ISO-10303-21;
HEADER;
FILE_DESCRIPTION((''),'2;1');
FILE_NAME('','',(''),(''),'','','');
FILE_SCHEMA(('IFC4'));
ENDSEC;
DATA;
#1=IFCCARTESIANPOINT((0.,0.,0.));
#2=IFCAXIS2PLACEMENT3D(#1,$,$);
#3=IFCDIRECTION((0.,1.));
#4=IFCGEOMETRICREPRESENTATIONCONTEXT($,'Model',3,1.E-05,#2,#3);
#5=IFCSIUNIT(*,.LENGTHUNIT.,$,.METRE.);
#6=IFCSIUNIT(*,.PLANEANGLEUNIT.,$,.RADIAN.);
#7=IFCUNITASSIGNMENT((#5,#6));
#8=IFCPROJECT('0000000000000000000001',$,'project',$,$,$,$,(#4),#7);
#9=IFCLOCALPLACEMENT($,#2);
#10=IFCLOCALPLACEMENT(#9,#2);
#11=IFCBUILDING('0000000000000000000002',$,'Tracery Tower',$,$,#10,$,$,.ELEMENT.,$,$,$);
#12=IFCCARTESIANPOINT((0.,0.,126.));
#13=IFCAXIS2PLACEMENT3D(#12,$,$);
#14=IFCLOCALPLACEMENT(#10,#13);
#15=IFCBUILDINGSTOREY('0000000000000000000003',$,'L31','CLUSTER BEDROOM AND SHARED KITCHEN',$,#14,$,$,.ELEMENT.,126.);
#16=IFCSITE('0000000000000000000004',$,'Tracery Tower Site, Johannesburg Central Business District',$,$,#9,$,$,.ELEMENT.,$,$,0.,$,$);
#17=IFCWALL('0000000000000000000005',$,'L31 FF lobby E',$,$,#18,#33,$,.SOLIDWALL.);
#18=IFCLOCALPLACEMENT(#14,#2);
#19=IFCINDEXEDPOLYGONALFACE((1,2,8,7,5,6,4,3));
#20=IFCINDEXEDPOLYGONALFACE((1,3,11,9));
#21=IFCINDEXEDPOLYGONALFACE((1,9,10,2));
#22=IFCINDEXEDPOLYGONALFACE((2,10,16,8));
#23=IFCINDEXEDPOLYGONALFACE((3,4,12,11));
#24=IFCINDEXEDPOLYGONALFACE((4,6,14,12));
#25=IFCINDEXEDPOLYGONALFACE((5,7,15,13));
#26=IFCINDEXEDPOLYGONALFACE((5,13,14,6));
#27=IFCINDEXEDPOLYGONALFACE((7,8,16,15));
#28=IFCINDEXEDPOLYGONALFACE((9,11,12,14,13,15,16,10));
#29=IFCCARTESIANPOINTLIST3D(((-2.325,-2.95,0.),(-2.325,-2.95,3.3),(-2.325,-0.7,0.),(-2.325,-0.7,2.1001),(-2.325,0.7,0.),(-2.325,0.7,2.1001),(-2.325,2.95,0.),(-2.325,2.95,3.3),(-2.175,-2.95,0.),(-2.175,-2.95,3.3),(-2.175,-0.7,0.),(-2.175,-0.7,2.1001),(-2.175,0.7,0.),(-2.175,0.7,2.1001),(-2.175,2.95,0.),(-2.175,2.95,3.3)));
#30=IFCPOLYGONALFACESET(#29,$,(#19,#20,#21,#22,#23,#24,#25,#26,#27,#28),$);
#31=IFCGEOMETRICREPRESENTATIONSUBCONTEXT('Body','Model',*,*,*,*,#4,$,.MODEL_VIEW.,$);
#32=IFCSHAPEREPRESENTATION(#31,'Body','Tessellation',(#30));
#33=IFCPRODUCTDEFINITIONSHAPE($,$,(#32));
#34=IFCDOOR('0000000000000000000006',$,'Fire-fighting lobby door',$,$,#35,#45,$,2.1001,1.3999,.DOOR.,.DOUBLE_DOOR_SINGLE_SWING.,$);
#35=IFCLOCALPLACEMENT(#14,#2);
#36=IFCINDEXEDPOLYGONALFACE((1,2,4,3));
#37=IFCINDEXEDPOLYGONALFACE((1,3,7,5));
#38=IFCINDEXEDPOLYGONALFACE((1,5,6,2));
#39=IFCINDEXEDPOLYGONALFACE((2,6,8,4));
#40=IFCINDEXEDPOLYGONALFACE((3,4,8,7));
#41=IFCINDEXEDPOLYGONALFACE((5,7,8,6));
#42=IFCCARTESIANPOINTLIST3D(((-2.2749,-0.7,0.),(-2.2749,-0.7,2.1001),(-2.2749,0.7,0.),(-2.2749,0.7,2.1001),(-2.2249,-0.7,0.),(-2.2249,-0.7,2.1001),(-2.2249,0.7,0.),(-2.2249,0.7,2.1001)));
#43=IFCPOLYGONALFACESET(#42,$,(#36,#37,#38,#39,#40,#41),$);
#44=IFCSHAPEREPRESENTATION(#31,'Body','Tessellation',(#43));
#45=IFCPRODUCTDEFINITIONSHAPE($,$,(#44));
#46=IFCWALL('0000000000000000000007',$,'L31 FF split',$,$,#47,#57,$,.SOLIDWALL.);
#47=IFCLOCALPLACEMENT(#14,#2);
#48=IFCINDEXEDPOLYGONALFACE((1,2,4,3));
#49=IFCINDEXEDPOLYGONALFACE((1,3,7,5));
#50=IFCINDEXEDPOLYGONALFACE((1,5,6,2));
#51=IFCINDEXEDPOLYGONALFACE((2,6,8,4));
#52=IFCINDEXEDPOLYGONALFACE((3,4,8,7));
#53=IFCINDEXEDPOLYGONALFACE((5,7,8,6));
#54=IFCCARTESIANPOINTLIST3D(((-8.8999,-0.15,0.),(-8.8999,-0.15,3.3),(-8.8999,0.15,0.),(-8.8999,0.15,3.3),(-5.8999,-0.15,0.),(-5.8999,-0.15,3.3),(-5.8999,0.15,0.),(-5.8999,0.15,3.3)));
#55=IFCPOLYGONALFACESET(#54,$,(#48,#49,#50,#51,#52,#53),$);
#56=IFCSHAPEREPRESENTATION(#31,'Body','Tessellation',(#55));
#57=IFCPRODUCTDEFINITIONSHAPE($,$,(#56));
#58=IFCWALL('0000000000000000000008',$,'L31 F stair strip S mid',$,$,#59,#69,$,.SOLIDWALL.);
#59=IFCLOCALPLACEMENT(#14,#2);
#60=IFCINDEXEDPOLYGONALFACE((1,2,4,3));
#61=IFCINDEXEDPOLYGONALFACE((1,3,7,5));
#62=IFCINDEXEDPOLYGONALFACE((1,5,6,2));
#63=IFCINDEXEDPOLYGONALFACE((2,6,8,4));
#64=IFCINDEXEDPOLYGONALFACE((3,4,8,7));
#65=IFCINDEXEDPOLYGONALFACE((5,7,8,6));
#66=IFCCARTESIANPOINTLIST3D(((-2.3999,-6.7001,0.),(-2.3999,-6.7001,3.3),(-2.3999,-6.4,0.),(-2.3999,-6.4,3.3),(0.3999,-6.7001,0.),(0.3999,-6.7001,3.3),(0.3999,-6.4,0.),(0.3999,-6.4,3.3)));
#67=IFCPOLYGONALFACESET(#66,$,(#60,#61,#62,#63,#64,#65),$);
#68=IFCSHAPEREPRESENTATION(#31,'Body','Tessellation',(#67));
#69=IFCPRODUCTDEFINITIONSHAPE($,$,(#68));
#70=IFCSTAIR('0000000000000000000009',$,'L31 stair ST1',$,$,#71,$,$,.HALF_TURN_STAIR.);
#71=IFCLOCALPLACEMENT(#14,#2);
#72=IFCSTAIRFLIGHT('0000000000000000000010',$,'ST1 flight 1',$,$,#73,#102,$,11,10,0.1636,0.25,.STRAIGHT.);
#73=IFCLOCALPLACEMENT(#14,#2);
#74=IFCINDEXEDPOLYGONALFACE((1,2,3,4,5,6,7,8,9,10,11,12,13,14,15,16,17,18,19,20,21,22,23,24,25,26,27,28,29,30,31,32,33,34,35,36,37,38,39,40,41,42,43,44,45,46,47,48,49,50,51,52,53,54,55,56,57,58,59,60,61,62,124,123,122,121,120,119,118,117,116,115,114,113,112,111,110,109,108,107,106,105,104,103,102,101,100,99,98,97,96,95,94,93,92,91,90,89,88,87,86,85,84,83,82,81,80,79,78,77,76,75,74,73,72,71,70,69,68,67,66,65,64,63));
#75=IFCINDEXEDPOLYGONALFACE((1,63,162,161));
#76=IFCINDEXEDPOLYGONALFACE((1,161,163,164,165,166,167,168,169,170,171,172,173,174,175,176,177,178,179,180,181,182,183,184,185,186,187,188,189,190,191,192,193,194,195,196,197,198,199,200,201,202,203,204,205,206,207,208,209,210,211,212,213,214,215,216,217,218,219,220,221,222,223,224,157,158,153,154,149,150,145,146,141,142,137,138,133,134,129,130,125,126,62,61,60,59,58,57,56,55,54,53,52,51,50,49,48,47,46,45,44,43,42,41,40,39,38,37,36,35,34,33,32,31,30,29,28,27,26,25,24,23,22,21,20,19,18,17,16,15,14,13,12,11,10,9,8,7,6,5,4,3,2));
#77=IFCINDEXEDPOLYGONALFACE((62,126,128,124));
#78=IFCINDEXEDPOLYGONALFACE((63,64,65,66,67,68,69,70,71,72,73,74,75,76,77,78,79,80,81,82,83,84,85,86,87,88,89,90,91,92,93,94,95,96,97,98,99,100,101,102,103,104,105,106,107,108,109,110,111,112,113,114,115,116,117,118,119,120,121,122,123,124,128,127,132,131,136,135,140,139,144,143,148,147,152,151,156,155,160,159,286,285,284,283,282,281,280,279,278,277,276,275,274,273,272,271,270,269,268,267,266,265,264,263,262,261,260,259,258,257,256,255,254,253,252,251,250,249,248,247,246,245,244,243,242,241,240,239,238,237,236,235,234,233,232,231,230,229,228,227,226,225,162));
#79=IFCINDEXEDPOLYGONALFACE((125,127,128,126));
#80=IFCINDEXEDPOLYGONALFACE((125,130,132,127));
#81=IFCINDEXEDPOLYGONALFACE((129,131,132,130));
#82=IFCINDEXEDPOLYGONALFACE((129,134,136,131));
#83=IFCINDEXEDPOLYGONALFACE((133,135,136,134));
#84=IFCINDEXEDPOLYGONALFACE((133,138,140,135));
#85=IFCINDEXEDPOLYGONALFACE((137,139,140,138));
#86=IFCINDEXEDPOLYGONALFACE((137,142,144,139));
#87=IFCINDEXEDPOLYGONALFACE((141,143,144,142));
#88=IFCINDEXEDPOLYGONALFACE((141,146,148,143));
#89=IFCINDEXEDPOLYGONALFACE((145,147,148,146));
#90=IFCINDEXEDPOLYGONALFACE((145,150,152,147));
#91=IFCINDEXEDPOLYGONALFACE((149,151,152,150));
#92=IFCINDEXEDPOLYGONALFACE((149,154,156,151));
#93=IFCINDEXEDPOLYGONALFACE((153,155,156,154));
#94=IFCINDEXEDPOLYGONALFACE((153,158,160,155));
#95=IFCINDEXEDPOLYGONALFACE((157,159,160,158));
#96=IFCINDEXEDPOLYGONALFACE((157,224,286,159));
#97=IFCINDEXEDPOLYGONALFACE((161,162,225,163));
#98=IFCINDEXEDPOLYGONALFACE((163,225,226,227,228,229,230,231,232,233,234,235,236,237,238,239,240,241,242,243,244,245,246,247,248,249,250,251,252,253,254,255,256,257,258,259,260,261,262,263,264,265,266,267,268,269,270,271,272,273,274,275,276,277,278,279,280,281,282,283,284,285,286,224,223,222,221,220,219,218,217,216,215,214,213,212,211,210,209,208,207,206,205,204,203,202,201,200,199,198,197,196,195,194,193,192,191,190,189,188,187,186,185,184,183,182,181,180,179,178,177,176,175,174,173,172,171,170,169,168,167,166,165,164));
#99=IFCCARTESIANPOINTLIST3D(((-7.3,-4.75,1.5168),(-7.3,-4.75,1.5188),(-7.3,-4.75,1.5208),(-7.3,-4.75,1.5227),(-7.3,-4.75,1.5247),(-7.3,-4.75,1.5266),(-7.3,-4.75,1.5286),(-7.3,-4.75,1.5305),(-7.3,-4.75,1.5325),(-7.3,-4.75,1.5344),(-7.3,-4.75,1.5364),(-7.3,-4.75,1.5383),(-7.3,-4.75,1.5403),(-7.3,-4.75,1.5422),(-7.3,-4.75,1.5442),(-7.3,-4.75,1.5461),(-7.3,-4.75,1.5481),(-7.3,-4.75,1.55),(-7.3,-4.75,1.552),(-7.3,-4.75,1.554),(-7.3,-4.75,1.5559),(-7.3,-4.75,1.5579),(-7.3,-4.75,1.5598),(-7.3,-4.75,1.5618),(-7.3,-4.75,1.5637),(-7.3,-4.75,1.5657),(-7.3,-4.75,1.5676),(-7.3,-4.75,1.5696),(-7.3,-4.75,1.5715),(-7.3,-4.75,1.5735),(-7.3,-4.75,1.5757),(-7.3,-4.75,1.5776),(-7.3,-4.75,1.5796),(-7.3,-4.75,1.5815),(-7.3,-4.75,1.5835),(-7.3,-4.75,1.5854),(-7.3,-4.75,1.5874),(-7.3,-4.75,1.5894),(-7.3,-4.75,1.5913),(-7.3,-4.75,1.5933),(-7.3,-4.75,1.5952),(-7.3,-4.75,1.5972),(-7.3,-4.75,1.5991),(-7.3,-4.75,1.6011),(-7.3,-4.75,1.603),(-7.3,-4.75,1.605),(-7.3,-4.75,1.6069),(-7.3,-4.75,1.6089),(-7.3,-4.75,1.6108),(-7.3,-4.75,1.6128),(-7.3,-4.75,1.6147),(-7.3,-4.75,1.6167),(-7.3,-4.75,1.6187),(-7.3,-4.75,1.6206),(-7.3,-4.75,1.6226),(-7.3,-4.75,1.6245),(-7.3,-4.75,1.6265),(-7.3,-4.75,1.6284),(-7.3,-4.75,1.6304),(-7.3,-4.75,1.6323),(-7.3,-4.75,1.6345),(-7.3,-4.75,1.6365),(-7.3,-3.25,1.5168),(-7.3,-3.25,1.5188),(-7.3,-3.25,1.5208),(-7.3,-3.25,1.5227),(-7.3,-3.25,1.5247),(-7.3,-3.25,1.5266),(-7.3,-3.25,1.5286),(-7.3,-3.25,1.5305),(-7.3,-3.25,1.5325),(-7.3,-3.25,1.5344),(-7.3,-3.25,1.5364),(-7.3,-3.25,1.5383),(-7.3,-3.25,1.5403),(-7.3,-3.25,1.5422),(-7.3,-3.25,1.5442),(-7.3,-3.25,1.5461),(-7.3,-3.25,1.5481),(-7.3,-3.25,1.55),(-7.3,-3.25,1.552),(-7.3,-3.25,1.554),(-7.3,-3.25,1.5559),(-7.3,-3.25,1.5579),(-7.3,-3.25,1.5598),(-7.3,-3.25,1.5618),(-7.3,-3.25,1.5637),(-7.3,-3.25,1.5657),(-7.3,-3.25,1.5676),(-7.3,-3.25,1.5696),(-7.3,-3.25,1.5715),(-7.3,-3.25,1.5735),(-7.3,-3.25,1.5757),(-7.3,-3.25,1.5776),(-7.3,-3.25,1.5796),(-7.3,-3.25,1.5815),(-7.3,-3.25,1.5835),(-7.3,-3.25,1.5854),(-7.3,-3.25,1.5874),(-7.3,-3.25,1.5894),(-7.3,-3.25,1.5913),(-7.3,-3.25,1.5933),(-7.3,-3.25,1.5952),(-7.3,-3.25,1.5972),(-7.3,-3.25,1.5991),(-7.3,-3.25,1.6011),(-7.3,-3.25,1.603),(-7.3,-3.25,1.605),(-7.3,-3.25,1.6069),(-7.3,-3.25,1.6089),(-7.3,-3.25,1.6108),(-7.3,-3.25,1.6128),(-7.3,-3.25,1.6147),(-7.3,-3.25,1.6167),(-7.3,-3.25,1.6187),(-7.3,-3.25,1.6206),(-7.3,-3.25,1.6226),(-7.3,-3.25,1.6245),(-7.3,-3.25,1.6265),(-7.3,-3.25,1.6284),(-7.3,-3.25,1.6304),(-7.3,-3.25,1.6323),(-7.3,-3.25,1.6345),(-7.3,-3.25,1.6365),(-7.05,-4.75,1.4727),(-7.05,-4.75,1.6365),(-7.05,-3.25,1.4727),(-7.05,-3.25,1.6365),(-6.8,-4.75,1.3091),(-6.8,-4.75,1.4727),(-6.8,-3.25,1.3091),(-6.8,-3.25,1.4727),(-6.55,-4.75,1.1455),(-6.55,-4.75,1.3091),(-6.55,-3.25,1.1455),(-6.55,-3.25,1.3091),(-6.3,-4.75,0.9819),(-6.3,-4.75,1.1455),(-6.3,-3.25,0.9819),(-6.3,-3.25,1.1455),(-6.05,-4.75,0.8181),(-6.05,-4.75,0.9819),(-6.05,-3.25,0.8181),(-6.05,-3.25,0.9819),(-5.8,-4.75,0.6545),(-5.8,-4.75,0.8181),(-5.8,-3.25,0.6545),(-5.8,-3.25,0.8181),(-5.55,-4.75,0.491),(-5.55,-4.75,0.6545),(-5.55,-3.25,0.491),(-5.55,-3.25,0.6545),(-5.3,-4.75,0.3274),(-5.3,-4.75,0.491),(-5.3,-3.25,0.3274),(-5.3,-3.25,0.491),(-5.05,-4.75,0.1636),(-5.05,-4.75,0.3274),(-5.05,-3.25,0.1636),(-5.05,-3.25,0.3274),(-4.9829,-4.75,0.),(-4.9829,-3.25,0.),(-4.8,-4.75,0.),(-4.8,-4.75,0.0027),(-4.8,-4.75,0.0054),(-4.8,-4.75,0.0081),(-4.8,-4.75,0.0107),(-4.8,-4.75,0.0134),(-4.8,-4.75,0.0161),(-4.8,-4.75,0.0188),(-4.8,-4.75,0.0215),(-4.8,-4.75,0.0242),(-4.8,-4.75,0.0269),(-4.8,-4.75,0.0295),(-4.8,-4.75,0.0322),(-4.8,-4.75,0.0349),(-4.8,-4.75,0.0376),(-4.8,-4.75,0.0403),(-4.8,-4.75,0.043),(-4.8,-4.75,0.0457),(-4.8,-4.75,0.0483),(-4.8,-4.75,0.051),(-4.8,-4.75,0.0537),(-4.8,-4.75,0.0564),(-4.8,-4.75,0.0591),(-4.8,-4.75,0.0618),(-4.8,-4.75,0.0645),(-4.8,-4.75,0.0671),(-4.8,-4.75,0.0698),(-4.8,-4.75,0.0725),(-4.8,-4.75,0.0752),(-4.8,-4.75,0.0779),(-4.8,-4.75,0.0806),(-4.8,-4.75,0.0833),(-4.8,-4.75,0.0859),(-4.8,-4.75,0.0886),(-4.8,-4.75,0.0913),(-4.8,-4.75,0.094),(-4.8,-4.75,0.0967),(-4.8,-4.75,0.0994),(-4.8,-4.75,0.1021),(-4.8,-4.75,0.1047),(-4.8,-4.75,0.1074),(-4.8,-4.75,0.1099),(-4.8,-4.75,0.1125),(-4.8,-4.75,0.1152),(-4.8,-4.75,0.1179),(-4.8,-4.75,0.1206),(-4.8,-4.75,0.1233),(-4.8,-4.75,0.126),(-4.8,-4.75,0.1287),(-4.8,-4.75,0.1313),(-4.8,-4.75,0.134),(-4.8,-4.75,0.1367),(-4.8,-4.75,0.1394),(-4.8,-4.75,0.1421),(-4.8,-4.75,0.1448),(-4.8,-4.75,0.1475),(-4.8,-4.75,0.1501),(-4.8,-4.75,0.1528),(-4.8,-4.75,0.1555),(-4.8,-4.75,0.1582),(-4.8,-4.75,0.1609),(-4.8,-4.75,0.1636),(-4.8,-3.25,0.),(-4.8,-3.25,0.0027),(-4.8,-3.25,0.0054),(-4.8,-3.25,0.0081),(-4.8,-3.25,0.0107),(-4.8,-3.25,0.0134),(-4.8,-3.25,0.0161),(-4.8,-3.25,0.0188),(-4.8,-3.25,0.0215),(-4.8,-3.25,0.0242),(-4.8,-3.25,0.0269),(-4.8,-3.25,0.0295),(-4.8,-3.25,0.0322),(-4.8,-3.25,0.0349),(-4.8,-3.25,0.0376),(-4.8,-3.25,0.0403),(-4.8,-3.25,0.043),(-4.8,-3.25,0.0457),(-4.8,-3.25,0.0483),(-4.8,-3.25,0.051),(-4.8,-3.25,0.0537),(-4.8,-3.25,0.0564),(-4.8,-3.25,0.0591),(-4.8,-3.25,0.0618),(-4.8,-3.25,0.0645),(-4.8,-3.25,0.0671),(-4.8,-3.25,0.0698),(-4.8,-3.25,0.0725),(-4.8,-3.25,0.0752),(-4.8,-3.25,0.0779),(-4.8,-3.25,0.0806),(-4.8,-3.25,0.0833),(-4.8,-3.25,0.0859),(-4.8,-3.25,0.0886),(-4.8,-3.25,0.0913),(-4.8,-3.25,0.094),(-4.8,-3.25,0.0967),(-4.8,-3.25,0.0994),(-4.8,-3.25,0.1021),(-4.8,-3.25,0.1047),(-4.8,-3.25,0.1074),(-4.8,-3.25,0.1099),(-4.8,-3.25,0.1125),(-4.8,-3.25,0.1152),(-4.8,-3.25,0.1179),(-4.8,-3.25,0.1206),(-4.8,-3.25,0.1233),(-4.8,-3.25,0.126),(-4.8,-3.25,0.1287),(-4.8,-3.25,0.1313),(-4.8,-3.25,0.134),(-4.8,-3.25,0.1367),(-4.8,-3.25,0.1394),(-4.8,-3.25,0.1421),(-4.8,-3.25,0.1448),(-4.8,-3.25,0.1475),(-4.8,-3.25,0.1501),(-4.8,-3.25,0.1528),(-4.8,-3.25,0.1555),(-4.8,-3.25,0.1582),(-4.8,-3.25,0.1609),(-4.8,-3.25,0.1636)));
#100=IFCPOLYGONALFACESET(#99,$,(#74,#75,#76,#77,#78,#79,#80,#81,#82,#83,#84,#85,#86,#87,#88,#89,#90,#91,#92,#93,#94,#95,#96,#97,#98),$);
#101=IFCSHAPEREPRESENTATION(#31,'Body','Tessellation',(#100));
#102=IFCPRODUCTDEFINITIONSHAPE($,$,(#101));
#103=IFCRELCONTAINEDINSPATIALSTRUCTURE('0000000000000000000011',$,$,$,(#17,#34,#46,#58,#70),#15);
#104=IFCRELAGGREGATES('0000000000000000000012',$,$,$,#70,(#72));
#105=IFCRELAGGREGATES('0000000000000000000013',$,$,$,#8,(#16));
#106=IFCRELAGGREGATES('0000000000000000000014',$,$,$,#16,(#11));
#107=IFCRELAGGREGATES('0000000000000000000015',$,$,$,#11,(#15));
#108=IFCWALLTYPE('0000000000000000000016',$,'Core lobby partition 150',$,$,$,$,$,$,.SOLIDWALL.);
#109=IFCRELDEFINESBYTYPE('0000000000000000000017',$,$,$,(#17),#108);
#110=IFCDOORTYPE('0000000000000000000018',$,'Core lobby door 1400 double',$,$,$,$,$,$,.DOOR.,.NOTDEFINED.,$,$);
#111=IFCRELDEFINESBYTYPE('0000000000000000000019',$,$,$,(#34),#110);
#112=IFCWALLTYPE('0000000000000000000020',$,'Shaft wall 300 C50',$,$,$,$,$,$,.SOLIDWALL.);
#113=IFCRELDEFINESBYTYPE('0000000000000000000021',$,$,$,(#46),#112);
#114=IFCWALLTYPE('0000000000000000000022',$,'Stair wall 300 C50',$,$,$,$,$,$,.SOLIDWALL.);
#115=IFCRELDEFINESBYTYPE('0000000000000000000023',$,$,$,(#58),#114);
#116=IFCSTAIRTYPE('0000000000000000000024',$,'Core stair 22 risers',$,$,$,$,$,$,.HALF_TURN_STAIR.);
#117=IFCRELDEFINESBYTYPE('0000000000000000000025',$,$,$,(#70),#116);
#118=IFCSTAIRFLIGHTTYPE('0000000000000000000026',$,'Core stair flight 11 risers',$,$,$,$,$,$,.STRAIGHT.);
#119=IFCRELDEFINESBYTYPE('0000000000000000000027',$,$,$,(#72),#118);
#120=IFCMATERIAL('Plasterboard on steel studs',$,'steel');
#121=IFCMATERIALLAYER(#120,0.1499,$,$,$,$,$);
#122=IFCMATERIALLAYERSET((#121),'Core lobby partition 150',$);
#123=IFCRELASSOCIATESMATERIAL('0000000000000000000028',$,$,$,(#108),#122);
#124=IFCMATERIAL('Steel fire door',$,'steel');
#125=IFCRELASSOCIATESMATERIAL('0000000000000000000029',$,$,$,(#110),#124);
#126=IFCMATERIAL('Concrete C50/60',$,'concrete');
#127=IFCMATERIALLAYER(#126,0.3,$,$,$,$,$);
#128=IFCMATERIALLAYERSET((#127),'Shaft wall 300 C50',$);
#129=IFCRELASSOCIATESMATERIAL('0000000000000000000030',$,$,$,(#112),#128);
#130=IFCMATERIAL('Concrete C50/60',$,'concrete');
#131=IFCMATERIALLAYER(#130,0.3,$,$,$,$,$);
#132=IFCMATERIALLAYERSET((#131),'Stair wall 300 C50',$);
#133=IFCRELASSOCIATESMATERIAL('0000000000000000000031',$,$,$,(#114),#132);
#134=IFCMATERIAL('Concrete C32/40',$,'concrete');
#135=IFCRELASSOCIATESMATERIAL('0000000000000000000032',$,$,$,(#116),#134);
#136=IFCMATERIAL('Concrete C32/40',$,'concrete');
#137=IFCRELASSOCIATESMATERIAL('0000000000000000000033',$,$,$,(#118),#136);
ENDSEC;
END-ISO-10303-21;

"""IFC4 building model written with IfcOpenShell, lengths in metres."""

from ifc_helpers import new_model, si_unit, direction, frame, frame_2d, origin, place, context, subcontext, project, spatial, polyline, rectangle, outline, extrude, material, layer, layer_set, type_object, element, fill, aggregate, save


model = new_model("IFC4")

# Units and contexts
model_context = context("Model", 3, precision=1e-05, world=origin(), true_north=direction((0.0, 1.0)))
body_context = subcontext(model_context, "Body", "Model", "MODEL_VIEW")
ifc_project = project(units=[si_unit("LENGTHUNIT", "METRE"), si_unit("PLANEANGLEUNIT", "RADIAN")], contexts=[model_context])

# Site, building, storey
site_placement = place(None, origin())
site = spatial("IfcSite", under=ifc_project, at=site_placement, Name="Tracery Tower Site, Johannesburg Central Business District", CompositionType="ELEMENT", RefElevation=0.0)
building_placement = place(site_placement, origin())
building = spatial("IfcBuilding", under=site, at=building_placement, Name="Tracery Tower", CompositionType="ELEMENT")
storey_placement = place(building_placement, frame((0.0, 0.0, 126.0)))
storey = spatial("IfcBuildingStorey", under=building, at=storey_placement, Name="L31", Description="CLUSTER BEDROOM AND SHARED KITCHEN", CompositionType="ELEMENT", Elevation=126.0)

# Wall, opening, door
ifc_material_1 = material(Name="Plasterboard on steel studs", Category="steel")
ifc_layer_1 = layer(ifc_material_1, 0.1499)
ifc_layer_set_1 = layer_set([ifc_layer_1], Name="Core lobby partition 150")
wall_type_1 = type_object("IfcWallType", Name="Core lobby partition 150", PredefinedType="SOLIDWALL", material=ifc_layer_set_1)
wall_1_placement = place(storey_placement, frame((-2.25, -2.95, 0.0), z_axis=(0.0, 0.0, 1.0), x_axis=(0.0, 1.0, 0.0)))
wall_1 = element("IfcWall", 1, at=wall_1_placement, inside=storey, type_object=wall_type_1, Name="L31 FF lobby E", PredefinedType="SOLIDWALL", context=body_context, shape_type="SweptSolid", body=[
    extrude(rectangle(XDim=5.8999, YDim=0.1499, at=frame_2d((2.95, 0.0))), origin(), (0.0, 0.0, 1.0), 3.3),
])
opening_1_placement = place(wall_1_placement, frame((2.25, 0.0, 0.0)))
opening_1 = element("IfcOpeningElement", 2, at=opening_1_placement, cuts=wall_1, PredefinedType="OPENING", context=body_context, shape_type="SweptSolid", body=[
    extrude(rectangle(XDim=1.3999, YDim=2.1001, at=frame_2d((0.7, 1.05))), frame((0.0, 0.075, 0.0), z_axis=(0.0, -1.0, 0.0), x_axis=(1.0, 0.0, 0.0)), (0.0, 0.0, 1.0), 0.1499),
])
ifc_material_2 = material(Name="Steel fire door", Category="steel")
door_type_1 = type_object("IfcDoorType", Name="Core lobby door 1400 double", OperationType="NOTDEFINED", PredefinedType="DOOR", material=ifc_material_2)
door_1_placement = place(opening_1_placement, origin())
door_1 = element("IfcDoor", 3, at=door_1_placement, inside=storey, type_object=door_type_1, Name="Fire-fighting lobby door", OperationType="DOUBLE_DOOR_SINGLE_SWING", OverallHeight=2.1001, OverallWidth=1.3999, PredefinedType="DOOR", context=body_context, shape_type="SweptSolid", body=[
    extrude(rectangle(XDim=1.3999, YDim=2.1001, at=frame_2d((0.7, 1.05))), frame((0.0, 0.0249, 0.0), z_axis=(0.0, -1.0, 0.0), x_axis=(1.0, 0.0, 0.0)), (0.0, 0.0, 1.0), 0.05),
])
fill(opening_1, door_1)

# Wall
ifc_material_3 = material(Name="Concrete C50/60", Category="concrete")
ifc_layer_2 = layer(ifc_material_3, 0.3)
ifc_layer_set_2 = layer_set([ifc_layer_2], Name="Shaft wall 300 C50")
wall_type_2 = type_object("IfcWallType", Name="Shaft wall 300 C50", PredefinedType="SOLIDWALL", material=ifc_layer_set_2)
wall_2_placement = place(storey_placement, frame((-8.8999, 0.0, 0.0), z_axis=(0.0, 0.0, 1.0), x_axis=(1.0, 0.0, 0.0)))
element("IfcWall", 4, at=wall_2_placement, inside=storey, type_object=wall_type_2, Name="L31 FF split", PredefinedType="SOLIDWALL", context=body_context, shape_type="SweptSolid", body=[
    extrude(rectangle(XDim=3.0, YDim=0.3, at=frame_2d((1.5, 0.0))), origin(), (0.0, 0.0, 1.0), 3.3),
])

# Shared definitions
ifc_material_4 = material(Name="Concrete C50/60", Category="concrete")
ifc_layer_3 = layer(ifc_material_4, 0.3)
ifc_layer_set_3 = layer_set([ifc_layer_3], Name="Stair wall 300 C50")
wall_type_3 = type_object("IfcWallType", Name="Stair wall 300 C50", PredefinedType="SOLIDWALL", material=ifc_layer_set_3)

# Wall
wall_3_placement = place(storey_placement, frame((-2.3999, -6.55, 0.0), z_axis=(0.0, 0.0, 1.0), x_axis=(1.0, 0.0, 0.0)))
element("IfcWall", 5, at=wall_3_placement, inside=storey, type_object=wall_type_3, Name="L31 F stair strip S mid", PredefinedType="SOLIDWALL", context=body_context, shape_type="SweptSolid", body=[
    extrude(rectangle(XDim=2.7998, YDim=0.3, at=frame_2d((1.3999, 0.0))), origin(), (0.0, 0.0, 1.0), 3.3),
])

# Stair, stair flight
ifc_material_5 = material(Name="Concrete C32/40", Category="concrete")
stair_type = type_object("IfcStairType", Name="Core stair 22 risers", PredefinedType="HALF_TURN_STAIR", material=ifc_material_5)
stair_placement = place(storey_placement, origin())
stair = element("IfcStair", 6, at=stair_placement, inside=storey, type_object=stair_type, Name="L31 stair ST1", PredefinedType="HALF_TURN_STAIR")
ifc_material_6 = material(Name="Concrete C32/40", Category="concrete")
stair_flight_type = type_object("IfcStairFlightType", Name="Core stair flight 11 risers", PredefinedType="STRAIGHT", material=ifc_material_6)
stair_flight_1_placement = place(storey_placement, frame((-4.8, -4.0, 0.0), z_axis=(0.0, 0.0, 1.0), x_axis=(-1.0, 0.0, 0.0)))
stair_flight_1 = element("IfcStairFlight", 7, at=stair_flight_1_placement, type_object=stair_flight_type, Name="ST1 flight 1", NumberOfRisers=11, NumberOfTreads=10, PredefinedType="STRAIGHT", RiserHeight=0.1636, TreadLength=0.25, context=body_context, shape_type="SweptSolid", body=[
    extrude(outline(polyline([(0.0, 0.0), (0.0, 0.0027), (0.0, 0.0054), (0.0, 0.0081), (0.0, 0.0107), (0.0, 0.0134), (0.0, 0.0161), (0.0, 0.0188), (0.0, 0.0215), (0.0, 0.0242), (0.0, 0.0269), (0.0, 0.0295), (0.0, 0.0322), (0.0, 0.0349), (0.0, 0.0376), (0.0, 0.0403), (0.0, 0.043), (0.0, 0.0457), (0.0, 0.0483), (0.0, 0.051), (0.0, 0.0537), (0.0, 0.0564), (0.0, 0.0591), (0.0, 0.0618), (0.0, 0.0645), (0.0, 0.0671), (0.0, 0.0698), (0.0, 0.0725), (0.0, 0.0752), (0.0, 0.0779), (0.0, 0.0806), (0.0, 0.0833), (0.0, 0.0859), (0.0, 0.0886), (0.0, 0.0913), (0.0, 0.094), (0.0, 0.0967), (0.0, 0.0994), (0.0, 0.1021), (0.0, 0.1047), (0.0, 0.1074), (0.0, 0.1099), (0.0, 0.1125), (0.0, 0.1152), (0.0, 0.1179), (0.0, 0.1206), (0.0, 0.1233), (0.0, 0.126), (0.0, 0.1287), (0.0, 0.1313), (0.0, 0.134), (0.0, 0.1367), (0.0, 0.1394), (0.0, 0.1421), (0.0, 0.1448), (0.0, 0.1475), (0.0, 0.1501), (0.0, 0.1528), (0.0, 0.1555), (0.0, 0.1582), (0.0, 0.1609), (0.0, 0.1636), (0.25, 0.1636), (0.25, 0.3274), (0.5, 0.3274), (0.5, 0.491), (0.75, 0.491), (0.75, 0.6545), (1.0, 0.6545), (1.0, 0.8181), (1.25, 0.8181), (1.25, 0.9819), (1.5, 0.9819), (1.5, 1.1455), (1.75, 1.1455), (1.75, 1.3091), (2.0, 1.3091), (2.0, 1.4727), (2.25, 1.4727), (2.25, 1.6365), (2.5, 1.6365), (2.5, 1.6345), (2.5, 1.6323), (2.5, 1.6304), (2.5, 1.6284), (2.5, 1.6265), (2.5, 1.6245), (2.5, 1.6226), (2.5, 1.6206), (2.5, 1.6187), (2.5, 1.6167), (2.5, 1.6147), (2.5, 1.6128), (2.5, 1.6108), (2.5, 1.6089), (2.5, 1.6069), (2.5, 1.605), (2.5, 1.603), (2.5, 1.6011), (2.5, 1.5991), (2.5, 1.5972), (2.5, 1.5952), (2.5, 1.5933), (2.5, 1.5913), (2.5, 1.5894), (2.5, 1.5874), (2.5, 1.5854), (2.5, 1.5835), (2.5, 1.5815), (2.5, 1.5796), (2.5, 1.5776), (2.5, 1.5757), (2.5, 1.5735), (2.5, 1.5715), (2.5, 1.5696), (2.5, 1.5676), (2.5, 1.5657), (2.5, 1.5637), (2.5, 1.5618), (2.5, 1.5598), (2.5, 1.5579), (2.5, 1.5559), (2.5, 1.554), (2.5, 1.552), (2.5, 1.55), (2.5, 1.5481), (2.5, 1.5461), (2.5, 1.5442), (2.5, 1.5422), (2.5, 1.5403), (2.5, 1.5383), (2.5, 1.5364), (2.5, 1.5344), (2.5, 1.5325), (2.5, 1.5305), (2.5, 1.5286), (2.5, 1.5266), (2.5, 1.5247), (2.5, 1.5227), (2.5, 1.5208), (2.5, 1.5188), (2.5, 1.5168), (0.1829, 0.0), (0.0, 0.0)])), frame((0.0, 0.75, 0.0), z_axis=(0.0, -1.0, 0.0), x_axis=(1.0, 0.0, 0.0)), (0.0, 0.0, 1.0), 1.5),
])
aggregate(stair, [stair_flight_1])

save(model, "model.ifc")
